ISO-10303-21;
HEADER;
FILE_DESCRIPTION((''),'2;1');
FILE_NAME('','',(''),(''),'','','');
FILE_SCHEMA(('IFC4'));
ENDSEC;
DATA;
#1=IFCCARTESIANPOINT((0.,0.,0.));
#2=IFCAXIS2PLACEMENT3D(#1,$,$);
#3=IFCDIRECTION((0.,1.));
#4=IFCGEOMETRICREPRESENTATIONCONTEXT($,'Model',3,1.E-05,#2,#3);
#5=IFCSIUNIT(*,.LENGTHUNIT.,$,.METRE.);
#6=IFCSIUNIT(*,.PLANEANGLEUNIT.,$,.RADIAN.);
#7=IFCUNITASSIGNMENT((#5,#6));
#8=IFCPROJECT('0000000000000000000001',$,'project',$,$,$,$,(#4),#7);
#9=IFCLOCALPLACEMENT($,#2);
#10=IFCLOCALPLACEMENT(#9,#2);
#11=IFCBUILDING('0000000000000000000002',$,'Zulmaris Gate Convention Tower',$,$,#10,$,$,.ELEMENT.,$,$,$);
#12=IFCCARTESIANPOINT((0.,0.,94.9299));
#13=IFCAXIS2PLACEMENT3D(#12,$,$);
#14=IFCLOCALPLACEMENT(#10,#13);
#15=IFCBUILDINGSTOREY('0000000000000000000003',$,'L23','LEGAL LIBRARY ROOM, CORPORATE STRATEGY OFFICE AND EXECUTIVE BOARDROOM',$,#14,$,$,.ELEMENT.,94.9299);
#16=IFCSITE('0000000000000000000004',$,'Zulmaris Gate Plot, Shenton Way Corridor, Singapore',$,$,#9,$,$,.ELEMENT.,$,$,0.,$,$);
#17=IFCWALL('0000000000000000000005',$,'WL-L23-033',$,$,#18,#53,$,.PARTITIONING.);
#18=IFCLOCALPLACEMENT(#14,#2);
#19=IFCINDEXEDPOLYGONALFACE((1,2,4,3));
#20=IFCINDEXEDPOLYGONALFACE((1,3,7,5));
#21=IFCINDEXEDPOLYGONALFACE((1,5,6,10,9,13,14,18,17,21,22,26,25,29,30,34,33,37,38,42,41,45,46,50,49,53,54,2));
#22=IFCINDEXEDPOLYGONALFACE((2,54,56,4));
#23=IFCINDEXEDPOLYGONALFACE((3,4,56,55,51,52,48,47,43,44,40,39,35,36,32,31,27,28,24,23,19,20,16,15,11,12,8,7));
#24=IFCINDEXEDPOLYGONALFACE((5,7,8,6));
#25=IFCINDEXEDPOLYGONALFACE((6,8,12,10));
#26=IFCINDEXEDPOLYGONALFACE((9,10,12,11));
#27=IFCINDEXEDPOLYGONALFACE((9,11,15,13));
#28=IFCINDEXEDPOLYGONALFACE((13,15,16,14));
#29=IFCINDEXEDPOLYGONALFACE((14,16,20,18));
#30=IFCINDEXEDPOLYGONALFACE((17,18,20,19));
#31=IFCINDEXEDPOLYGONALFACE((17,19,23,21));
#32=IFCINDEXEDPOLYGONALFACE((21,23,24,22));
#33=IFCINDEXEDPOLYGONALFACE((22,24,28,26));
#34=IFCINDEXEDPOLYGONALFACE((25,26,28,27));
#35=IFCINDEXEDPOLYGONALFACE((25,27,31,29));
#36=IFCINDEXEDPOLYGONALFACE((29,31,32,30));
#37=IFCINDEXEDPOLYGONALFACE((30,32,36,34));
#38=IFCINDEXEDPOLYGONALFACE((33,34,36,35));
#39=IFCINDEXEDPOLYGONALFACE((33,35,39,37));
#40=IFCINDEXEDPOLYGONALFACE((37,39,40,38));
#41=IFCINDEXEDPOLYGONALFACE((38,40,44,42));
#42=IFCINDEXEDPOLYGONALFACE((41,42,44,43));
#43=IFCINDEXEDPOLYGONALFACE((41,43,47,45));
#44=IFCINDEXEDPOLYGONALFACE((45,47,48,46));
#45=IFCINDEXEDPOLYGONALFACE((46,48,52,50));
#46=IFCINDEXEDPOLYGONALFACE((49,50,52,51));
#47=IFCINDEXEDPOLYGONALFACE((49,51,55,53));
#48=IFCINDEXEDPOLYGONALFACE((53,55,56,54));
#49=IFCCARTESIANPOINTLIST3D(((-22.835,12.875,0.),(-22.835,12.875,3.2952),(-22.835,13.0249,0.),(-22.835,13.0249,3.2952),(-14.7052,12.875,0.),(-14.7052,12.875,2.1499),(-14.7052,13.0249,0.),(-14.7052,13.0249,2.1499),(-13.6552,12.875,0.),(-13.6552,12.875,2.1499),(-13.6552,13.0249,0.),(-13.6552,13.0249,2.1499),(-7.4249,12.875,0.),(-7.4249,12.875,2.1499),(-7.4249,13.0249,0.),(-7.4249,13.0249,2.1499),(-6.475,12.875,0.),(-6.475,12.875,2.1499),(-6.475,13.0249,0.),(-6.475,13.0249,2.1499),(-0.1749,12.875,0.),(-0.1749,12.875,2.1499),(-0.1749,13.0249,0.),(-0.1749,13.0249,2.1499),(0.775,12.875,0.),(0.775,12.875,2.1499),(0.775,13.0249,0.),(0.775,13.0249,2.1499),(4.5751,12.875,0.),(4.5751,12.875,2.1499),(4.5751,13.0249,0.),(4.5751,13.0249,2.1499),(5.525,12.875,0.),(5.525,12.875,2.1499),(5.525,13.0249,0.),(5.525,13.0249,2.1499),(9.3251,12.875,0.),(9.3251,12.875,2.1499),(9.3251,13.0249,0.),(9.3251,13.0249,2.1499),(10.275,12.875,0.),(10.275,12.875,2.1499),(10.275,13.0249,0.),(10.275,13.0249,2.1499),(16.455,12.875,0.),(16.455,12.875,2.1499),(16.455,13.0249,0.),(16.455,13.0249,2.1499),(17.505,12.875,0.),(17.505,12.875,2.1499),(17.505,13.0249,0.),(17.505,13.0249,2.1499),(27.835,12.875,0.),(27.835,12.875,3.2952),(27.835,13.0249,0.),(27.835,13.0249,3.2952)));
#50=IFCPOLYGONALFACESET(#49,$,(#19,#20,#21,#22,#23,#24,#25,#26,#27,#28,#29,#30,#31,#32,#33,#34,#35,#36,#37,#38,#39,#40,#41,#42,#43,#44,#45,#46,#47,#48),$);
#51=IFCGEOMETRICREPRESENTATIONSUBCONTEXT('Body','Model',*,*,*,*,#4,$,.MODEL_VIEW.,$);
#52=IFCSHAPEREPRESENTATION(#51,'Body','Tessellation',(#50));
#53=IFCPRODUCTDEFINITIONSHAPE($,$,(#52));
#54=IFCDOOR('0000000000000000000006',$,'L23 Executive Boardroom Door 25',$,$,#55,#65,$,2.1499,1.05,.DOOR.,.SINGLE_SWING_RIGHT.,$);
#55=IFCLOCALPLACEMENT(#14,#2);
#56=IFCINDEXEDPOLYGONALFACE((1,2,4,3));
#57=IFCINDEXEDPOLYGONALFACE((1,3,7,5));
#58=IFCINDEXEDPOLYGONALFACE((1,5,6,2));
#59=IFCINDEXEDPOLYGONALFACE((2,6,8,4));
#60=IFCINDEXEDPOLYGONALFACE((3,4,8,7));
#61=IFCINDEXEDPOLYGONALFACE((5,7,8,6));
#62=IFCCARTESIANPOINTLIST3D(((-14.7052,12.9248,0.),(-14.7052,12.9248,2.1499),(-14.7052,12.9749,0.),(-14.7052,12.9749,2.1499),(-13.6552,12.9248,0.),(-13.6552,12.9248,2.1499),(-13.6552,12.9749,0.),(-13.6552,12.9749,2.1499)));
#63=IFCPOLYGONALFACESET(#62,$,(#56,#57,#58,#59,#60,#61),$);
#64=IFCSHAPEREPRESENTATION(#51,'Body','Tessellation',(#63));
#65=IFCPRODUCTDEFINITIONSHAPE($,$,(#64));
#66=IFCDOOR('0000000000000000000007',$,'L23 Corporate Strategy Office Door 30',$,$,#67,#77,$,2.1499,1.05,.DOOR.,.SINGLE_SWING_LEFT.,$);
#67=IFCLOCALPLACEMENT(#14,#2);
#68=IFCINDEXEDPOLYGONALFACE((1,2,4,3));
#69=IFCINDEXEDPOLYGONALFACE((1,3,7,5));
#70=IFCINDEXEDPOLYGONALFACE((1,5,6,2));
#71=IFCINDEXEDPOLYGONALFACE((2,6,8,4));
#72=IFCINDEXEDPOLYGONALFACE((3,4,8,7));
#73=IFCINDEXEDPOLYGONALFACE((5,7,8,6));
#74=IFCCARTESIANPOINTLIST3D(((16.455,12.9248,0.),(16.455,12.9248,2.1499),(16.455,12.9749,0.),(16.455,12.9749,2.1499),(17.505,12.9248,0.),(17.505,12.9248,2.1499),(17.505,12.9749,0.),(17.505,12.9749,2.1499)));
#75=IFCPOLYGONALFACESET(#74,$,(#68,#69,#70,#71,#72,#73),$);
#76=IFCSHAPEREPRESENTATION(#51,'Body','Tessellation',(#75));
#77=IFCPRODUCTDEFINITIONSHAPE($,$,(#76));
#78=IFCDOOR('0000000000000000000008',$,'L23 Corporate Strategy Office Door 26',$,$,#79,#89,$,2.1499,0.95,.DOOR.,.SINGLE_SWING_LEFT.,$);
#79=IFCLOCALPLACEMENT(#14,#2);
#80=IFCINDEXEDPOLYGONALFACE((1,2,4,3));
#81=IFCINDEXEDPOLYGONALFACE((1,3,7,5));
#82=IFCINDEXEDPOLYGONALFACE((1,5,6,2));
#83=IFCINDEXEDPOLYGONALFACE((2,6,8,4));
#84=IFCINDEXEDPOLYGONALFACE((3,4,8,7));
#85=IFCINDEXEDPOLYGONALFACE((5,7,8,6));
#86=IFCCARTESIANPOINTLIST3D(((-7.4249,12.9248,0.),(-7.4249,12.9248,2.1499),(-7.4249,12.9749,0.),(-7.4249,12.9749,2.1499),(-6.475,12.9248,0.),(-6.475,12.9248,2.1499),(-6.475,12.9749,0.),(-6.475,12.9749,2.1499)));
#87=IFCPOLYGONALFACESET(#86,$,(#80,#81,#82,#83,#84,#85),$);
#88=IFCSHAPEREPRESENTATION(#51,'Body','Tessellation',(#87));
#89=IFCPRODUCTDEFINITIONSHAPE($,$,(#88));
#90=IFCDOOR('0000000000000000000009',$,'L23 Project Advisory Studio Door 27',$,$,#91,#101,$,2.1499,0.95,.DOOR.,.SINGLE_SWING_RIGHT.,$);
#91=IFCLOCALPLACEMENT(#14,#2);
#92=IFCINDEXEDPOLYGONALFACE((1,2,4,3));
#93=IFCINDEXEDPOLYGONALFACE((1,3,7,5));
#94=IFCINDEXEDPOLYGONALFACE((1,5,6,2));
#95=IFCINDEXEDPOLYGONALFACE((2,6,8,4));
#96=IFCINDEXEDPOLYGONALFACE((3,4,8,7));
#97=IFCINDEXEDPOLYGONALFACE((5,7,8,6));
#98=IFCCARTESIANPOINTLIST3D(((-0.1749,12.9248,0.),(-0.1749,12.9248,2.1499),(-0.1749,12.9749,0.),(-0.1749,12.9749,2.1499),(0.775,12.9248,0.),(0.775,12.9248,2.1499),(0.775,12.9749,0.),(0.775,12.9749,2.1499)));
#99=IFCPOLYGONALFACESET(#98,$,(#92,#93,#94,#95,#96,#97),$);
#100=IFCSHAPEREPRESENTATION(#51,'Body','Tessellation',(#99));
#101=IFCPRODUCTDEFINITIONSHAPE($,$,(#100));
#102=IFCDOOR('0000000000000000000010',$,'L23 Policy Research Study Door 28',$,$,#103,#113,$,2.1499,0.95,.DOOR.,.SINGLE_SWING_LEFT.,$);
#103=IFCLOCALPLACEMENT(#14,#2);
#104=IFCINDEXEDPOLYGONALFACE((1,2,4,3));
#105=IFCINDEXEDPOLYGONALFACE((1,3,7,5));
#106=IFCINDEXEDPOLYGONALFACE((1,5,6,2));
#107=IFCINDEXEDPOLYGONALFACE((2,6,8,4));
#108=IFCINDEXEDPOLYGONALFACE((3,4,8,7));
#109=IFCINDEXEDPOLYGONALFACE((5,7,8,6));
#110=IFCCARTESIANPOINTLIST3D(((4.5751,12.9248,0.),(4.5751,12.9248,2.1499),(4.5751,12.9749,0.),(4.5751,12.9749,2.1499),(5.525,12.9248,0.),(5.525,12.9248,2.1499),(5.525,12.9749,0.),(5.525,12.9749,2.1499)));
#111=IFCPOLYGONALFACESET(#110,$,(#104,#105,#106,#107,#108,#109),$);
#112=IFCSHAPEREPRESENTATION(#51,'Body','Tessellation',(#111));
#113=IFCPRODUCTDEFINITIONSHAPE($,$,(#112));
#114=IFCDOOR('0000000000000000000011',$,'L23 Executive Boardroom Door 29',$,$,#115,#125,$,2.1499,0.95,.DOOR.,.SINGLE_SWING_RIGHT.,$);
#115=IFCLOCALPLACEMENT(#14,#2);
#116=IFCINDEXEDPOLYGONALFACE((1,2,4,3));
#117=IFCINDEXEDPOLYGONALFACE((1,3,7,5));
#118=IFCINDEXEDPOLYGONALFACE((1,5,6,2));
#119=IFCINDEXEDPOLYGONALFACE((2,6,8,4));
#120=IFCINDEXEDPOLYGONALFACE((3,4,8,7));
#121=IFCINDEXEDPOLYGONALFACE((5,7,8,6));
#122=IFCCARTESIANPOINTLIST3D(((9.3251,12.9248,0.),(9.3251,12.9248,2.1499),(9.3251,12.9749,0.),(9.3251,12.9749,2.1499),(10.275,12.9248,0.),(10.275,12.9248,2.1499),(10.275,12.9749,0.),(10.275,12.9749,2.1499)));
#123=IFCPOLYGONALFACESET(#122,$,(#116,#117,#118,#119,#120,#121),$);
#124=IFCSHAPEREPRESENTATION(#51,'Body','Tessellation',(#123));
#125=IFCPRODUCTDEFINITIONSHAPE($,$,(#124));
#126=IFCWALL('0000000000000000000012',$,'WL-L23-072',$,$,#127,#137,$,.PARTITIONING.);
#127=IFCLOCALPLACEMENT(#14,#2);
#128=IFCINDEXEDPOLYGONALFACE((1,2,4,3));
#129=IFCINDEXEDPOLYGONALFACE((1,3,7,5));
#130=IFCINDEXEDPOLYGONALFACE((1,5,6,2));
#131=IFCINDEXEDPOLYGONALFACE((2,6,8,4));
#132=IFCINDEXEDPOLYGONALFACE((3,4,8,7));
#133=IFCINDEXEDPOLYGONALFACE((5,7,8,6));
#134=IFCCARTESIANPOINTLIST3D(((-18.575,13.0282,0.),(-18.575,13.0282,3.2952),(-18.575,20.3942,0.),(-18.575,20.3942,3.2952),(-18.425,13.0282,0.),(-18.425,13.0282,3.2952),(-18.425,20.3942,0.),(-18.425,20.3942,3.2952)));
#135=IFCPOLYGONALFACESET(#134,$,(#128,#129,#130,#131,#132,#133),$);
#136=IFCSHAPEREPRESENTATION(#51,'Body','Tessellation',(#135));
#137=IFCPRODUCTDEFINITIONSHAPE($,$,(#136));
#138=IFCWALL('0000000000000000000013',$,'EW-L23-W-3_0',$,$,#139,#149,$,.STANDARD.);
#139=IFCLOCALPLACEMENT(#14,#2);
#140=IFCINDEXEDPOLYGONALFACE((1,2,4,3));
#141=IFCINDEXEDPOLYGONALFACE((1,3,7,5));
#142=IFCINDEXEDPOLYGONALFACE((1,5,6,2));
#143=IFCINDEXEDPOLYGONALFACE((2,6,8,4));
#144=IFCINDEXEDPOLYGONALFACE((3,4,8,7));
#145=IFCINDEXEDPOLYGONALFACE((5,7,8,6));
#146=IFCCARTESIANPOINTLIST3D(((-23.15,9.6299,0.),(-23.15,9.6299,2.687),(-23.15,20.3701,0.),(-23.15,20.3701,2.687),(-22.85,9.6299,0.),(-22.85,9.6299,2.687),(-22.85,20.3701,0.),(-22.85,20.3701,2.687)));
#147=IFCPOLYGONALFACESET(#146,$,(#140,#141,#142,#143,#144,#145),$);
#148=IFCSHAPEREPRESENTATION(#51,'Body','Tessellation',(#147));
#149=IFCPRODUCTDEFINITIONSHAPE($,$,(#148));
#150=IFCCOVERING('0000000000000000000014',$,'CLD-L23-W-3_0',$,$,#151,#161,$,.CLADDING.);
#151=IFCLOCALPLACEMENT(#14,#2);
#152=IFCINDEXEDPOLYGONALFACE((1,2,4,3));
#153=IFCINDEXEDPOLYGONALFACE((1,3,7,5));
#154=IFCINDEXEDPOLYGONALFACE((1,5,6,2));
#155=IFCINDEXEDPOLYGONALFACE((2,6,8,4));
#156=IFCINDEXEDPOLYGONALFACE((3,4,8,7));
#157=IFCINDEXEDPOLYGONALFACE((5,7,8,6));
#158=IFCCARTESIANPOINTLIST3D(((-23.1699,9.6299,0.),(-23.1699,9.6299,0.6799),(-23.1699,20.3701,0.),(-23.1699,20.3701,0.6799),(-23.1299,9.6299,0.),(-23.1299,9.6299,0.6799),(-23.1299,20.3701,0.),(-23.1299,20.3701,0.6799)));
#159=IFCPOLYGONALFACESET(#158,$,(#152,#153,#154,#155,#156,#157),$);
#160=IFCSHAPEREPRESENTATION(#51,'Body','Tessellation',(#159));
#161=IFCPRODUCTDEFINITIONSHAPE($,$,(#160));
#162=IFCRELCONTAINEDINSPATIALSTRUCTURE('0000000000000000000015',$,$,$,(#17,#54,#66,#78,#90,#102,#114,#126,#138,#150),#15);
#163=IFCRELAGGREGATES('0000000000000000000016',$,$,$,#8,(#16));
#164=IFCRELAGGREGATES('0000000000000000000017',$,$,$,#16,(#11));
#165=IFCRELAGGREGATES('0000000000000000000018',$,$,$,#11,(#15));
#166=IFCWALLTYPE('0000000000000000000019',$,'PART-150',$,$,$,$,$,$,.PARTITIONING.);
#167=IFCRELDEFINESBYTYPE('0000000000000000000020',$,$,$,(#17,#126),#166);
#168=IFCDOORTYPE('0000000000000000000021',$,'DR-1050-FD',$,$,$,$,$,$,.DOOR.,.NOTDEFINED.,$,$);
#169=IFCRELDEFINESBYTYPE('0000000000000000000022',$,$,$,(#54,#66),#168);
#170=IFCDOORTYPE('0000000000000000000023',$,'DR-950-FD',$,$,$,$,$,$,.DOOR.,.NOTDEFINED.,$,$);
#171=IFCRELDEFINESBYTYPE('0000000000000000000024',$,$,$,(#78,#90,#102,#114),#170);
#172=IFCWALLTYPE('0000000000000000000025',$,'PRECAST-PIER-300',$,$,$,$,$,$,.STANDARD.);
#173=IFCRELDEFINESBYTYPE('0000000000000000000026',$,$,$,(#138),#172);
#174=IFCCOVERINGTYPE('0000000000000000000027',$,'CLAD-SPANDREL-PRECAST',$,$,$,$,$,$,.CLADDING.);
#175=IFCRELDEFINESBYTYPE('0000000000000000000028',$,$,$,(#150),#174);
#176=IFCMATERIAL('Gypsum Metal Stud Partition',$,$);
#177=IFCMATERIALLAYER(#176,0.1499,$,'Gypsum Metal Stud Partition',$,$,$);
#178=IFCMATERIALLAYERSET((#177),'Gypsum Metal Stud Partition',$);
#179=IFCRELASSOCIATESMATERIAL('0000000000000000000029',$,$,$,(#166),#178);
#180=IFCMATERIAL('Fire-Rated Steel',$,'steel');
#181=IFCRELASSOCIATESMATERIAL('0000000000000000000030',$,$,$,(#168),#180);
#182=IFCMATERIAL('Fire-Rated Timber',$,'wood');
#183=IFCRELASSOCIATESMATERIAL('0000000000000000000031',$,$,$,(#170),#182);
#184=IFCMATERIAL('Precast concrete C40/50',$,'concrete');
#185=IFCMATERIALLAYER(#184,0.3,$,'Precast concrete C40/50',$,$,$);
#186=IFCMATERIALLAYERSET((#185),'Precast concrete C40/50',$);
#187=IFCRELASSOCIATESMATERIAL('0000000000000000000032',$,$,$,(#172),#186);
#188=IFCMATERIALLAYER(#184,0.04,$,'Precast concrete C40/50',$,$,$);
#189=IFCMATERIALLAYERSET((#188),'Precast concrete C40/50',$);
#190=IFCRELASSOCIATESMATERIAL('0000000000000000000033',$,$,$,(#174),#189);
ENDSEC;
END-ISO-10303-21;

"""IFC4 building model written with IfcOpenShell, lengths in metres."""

from ifc_helpers import new_model, si_unit, direction, frame, frame_2d, origin, place, context, subcontext, project, spatial, rectangle, extrude, material, layer, layer_set, type_object, element, fill, save


model = new_model("IFC4")

# Units and contexts
model_context = context("Model", 3, precision=1e-05, world=origin(), true_north=direction((0.0, 1.0)))
body_context = subcontext(model_context, "Body", "Model", "MODEL_VIEW")
ifc_project = project(units=[si_unit("LENGTHUNIT", "METRE"), si_unit("PLANEANGLEUNIT", "RADIAN")], contexts=[model_context])

# Site, building, storey
site_placement = place(None, origin())
site = spatial("IfcSite", under=ifc_project, at=site_placement, Name="Zulmaris Gate Plot, Shenton Way Corridor, Singapore", CompositionType="ELEMENT", RefElevation=0.0)
building_placement = place(site_placement, origin())
building = spatial("IfcBuilding", under=site, at=building_placement, Name="Zulmaris Gate Convention Tower", CompositionType="ELEMENT")
storey_placement = place(building_placement, frame((0.0, 0.0, 94.9299)))
storey = spatial("IfcBuildingStorey", under=building, at=storey_placement, Name="L23", Description="LEGAL LIBRARY ROOM, CORPORATE STRATEGY OFFICE AND EXECUTIVE BOARDROOM", CompositionType="ELEMENT", Elevation=94.9299)

# Shared definitions
ifc_material_1 = material(Name="Fire-Rated Timber", Category="wood")

# Shared definitions
ifc_material_2 = material(Name="Gypsum Metal Stud Partition")
ifc_layer_1 = layer(ifc_material_2, 0.1499, Name="Gypsum Metal Stud Partition")
ifc_layer_set_1 = layer_set([ifc_layer_1], Name="Gypsum Metal Stud Partition")
wall_type_1 = type_object("IfcWallType", Name="PART-150", PredefinedType="PARTITIONING", material=ifc_layer_set_1)

# Wall, openings, doors
wall_1_placement = place(storey_placement, frame((-22.835, 12.95, 0.0), z_axis=(0.0, 0.0, 1.0), x_axis=(1.0, 0.0, 0.0)))
wall_1 = element("IfcWall", 1, at=wall_1_placement, inside=storey, type_object=wall_type_1, Name="WL-L23-033", PredefinedType="PARTITIONING", context=body_context, shape_type="SweptSolid", body=[
    extrude(rectangle(XDim=50.6699, YDim=0.1499, at=frame_2d((25.335, 0.0))), origin(), (0.0, 0.0, 1.0), 3.2952),
])
opening_1_placement = place(wall_1_placement, frame((8.1299, 0.0, 0.0)))
opening_1 = element("IfcOpeningElement", 2, at=opening_1_placement, cuts=wall_1, PredefinedType="OPENING", context=body_context, shape_type="SweptSolid", body=[
    extrude(rectangle(XDim=1.05, YDim=2.1499, at=frame_2d((0.5249, 1.075))), frame((0.0, 0.085, 0.0), z_axis=(0.0, -1.0, 0.0), x_axis=(1.0, 0.0, 0.0)), (0.0, 0.0, 1.0), 0.1699),
])
opening_2_placement = place(wall_1_placement, frame((15.4099, 0.0, 0.0)))
opening_2 = element("IfcOpeningElement", 3, at=opening_2_placement, cuts=wall_1, PredefinedType="OPENING", context=body_context, shape_type="SweptSolid", body=[
    extrude(rectangle(XDim=0.95, YDim=2.1499, at=frame_2d((0.4751, 1.075))), frame((0.0, 0.085, 0.0), z_axis=(0.0, -1.0, 0.0), x_axis=(1.0, 0.0, 0.0)), (0.0, 0.0, 1.0), 0.1699),
])
opening_3_placement = place(wall_1_placement, frame((22.6599, 0.0, 0.0)))
opening_3 = element("IfcOpeningElement", 4, at=opening_3_placement, cuts=wall_1, PredefinedType="OPENING", context=body_context, shape_type="SweptSolid", body=[
    extrude(rectangle(XDim=0.95, YDim=2.1499, at=frame_2d((0.4751, 1.075))), frame((0.0, 0.085, 0.0), z_axis=(0.0, -1.0, 0.0), x_axis=(1.0, 0.0, 0.0)), (0.0, 0.0, 1.0), 0.1699),
])
opening_4_placement = place(wall_1_placement, frame((27.4099, 0.0, 0.0)))
opening_4 = element("IfcOpeningElement", 5, at=opening_4_placement, cuts=wall_1, PredefinedType="OPENING", context=body_context, shape_type="SweptSolid", body=[
    extrude(rectangle(XDim=0.95, YDim=2.1499, at=frame_2d((0.4751, 1.075))), frame((0.0, 0.085, 0.0), z_axis=(0.0, -1.0, 0.0), x_axis=(1.0, 0.0, 0.0)), (0.0, 0.0, 1.0), 0.1699),
])
opening_5_placement = place(wall_1_placement, frame((32.1599, 0.0, 0.0)))
opening_5 = element("IfcOpeningElement", 6, at=opening_5_placement, cuts=wall_1, PredefinedType="OPENING", context=body_context, shape_type="SweptSolid", body=[
    extrude(rectangle(XDim=0.95, YDim=2.1499, at=frame_2d((0.4751, 1.075))), frame((0.0, 0.085, 0.0), z_axis=(0.0, -1.0, 0.0), x_axis=(1.0, 0.0, 0.0)), (0.0, 0.0, 1.0), 0.1699),
])
opening_6_placement = place(wall_1_placement, frame((39.29, 0.0, 0.0)))
opening_6 = element("IfcOpeningElement", 7, at=opening_6_placement, cuts=wall_1, PredefinedType="OPENING", context=body_context, shape_type="SweptSolid", body=[
    extrude(rectangle(XDim=1.05, YDim=2.1499, at=frame_2d((0.5249, 1.075))), frame((0.0, 0.085, 0.0), z_axis=(0.0, -1.0, 0.0), x_axis=(1.0, 0.0, 0.0)), (0.0, 0.0, 1.0), 0.1699),
])
ifc_material_3 = material(Name="Fire-Rated Steel", Category="steel")
door_type_1 = type_object("IfcDoorType", Name="DR-1050-FD", OperationType="NOTDEFINED", PredefinedType="DOOR", material=ifc_material_3)
door_1_placement = place(opening_1_placement, origin())
door_1 = element("IfcDoor", 8, at=door_1_placement, inside=storey, type_object=door_type_1, Name="L23 Executive Boardroom Door 25", OperationType="SINGLE_SWING_RIGHT", OverallHeight=2.1499, OverallWidth=1.05, PredefinedType="DOOR", context=body_context, shape_type="SweptSolid", body=[
    extrude(rectangle(XDim=1.05, YDim=2.1499, at=frame_2d((0.5249, 1.075))), frame((0.0, 0.0249, 0.0), z_axis=(0.0, -1.0, 0.0), x_axis=(1.0, 0.0, 0.0)), (0.0, 0.0, 1.0), 0.05),
])
fill(opening_1, door_1)
door_2_placement = place(opening_6_placement, origin())
door_2 = element("IfcDoor", 9, at=door_2_placement, inside=storey, type_object=door_type_1, Name="L23 Corporate Strategy Office Door 30", OperationType="SINGLE_SWING_LEFT", OverallHeight=2.1499, OverallWidth=1.05, PredefinedType="DOOR", context=body_context, shape_type="SweptSolid", body=[
    extrude(rectangle(XDim=1.05, YDim=2.1499, at=frame_2d((0.5249, 1.075))), frame((0.0, 0.0249, 0.0), z_axis=(0.0, -1.0, 0.0), x_axis=(1.0, 0.0, 0.0)), (0.0, 0.0, 1.0), 0.05),
])
fill(opening_6, door_2)
door_type_2 = type_object("IfcDoorType", Name="DR-950-FD", OperationType="NOTDEFINED", PredefinedType="DOOR", material=ifc_material_1)
door_3_placement = place(opening_2_placement, origin())
door_3 = element("IfcDoor", 10, at=door_3_placement, inside=storey, type_object=door_type_2, Name="L23 Corporate Strategy Office Door 26", OperationType="SINGLE_SWING_LEFT", OverallHeight=2.1499, OverallWidth=0.95, PredefinedType="DOOR", context=body_context, shape_type="SweptSolid", body=[
    extrude(rectangle(XDim=0.95, YDim=2.1499, at=frame_2d((0.4751, 1.075))), frame((0.0, 0.0249, 0.0), z_axis=(0.0, -1.0, 0.0), x_axis=(1.0, 0.0, 0.0)), (0.0, 0.0, 1.0), 0.05),
])
fill(opening_2, door_3)
door_4_placement = place(opening_3_placement, origin())
door_4 = element("IfcDoor", 11, at=door_4_placement, inside=storey, type_object=door_type_2, Name="L23 Project Advisory Studio Door 27", OperationType="SINGLE_SWING_RIGHT", OverallHeight=2.1499, OverallWidth=0.95, PredefinedType="DOOR", context=body_context, shape_type="SweptSolid", body=[
    extrude(rectangle(XDim=0.95, YDim=2.1499, at=frame_2d((0.4751, 1.075))), frame((0.0, 0.0249, 0.0), z_axis=(0.0, -1.0, 0.0), x_axis=(1.0, 0.0, 0.0)), (0.0, 0.0, 1.0), 0.05),
])
fill(opening_3, door_4)
door_5_placement = place(opening_4_placement, origin())
door_5 = element("IfcDoor", 12, at=door_5_placement, inside=storey, type_object=door_type_2, Name="L23 Policy Research Study Door 28", OperationType="SINGLE_SWING_LEFT", OverallHeight=2.1499, OverallWidth=0.95, PredefinedType="DOOR", context=body_context, shape_type="SweptSolid", body=[
    extrude(rectangle(XDim=0.95, YDim=2.1499, at=frame_2d((0.4751, 1.075))), frame((0.0, 0.0249, 0.0), z_axis=(0.0, -1.0, 0.0), x_axis=(1.0, 0.0, 0.0)), (0.0, 0.0, 1.0), 0.05),
])
fill(opening_4, door_5)
door_6_placement = place(opening_5_placement, origin())
door_6 = element("IfcDoor", 13, at=door_6_placement, inside=storey, type_object=door_type_2, Name="L23 Executive Boardroom Door 29", OperationType="SINGLE_SWING_RIGHT", OverallHeight=2.1499, OverallWidth=0.95, PredefinedType="DOOR", context=body_context, shape_type="SweptSolid", body=[
    extrude(rectangle(XDim=0.95, YDim=2.1499, at=frame_2d((0.4751, 1.075))), frame((0.0, 0.0249, 0.0), z_axis=(0.0, -1.0, 0.0), x_axis=(1.0, 0.0, 0.0)), (0.0, 0.0, 1.0), 0.05),
])
fill(opening_5, door_6)

# Walls
wall_2_placement = place(storey_placement, frame((-18.5, 13.0281, 0.0), z_axis=(0.0, 0.0, 1.0), x_axis=(0.0, 1.0, 0.0)))
element("IfcWall", 14, at=wall_2_placement, inside=storey, type_object=wall_type_1, Name="WL-L23-072", PredefinedType="PARTITIONING", context=body_context, shape_type="SweptSolid", body=[
    extrude(rectangle(XDim=7.366, YDim=0.1499, at=frame_2d((3.6831, 0.0))), origin(), (0.0, 0.0, 1.0), 3.2952),
])
ifc_material_4 = material(Name="Precast concrete C40/50", Category="concrete")
ifc_layer_2 = layer(ifc_material_4, 0.3, Name="Precast concrete C40/50")
ifc_layer_set_2 = layer_set([ifc_layer_2], Name="Precast concrete C40/50")
wall_type_2 = type_object("IfcWallType", Name="PRECAST-PIER-300", PredefinedType="STANDARD", material=ifc_layer_set_2)
wall_3_placement = place(storey_placement, frame((-23.0, 20.3701, 0.0), z_axis=(0.0, 0.0, 1.0), x_axis=(0.0, -1.0, 0.0)))
element("IfcWall", 15, at=wall_3_placement, inside=storey, type_object=wall_type_2, Name="EW-L23-W-3_0", PredefinedType="STANDARD", context=body_context, shape_type="SweptSolid", body=[
    extrude(rectangle(XDim=10.7402, YDim=0.3, at=frame_2d((5.3701, 0.0))), origin(), (0.0, 0.0, 1.0), 2.687),
])

# Covering
ifc_layer_3 = layer(ifc_material_4, 0.04, Name="Precast concrete C40/50")
ifc_layer_set_3 = layer_set([ifc_layer_3], Name="Precast concrete C40/50")
covering_type = type_object("IfcCoveringType", Name="CLAD-SPANDREL-PRECAST", PredefinedType="CLADDING", material=ifc_layer_set_3)
covering_placement = place(storey_placement, frame((-23.1499, 20.3701, 0.0), z_axis=(0.0, 0.0, 1.0), x_axis=(0.0, -1.0, 0.0)))
element("IfcCovering", 16, at=covering_placement, inside=storey, type_object=covering_type, Name="CLD-L23-W-3_0", PredefinedType="CLADDING", context=body_context, shape_type="SweptSolid", body=[
    extrude(rectangle(XDim=10.7402, YDim=0.04, at=frame_2d((5.3701, 0.0))), origin(), (0.0, 0.0, 1.0), 0.6799),
])

save(model, "model.ifc")
